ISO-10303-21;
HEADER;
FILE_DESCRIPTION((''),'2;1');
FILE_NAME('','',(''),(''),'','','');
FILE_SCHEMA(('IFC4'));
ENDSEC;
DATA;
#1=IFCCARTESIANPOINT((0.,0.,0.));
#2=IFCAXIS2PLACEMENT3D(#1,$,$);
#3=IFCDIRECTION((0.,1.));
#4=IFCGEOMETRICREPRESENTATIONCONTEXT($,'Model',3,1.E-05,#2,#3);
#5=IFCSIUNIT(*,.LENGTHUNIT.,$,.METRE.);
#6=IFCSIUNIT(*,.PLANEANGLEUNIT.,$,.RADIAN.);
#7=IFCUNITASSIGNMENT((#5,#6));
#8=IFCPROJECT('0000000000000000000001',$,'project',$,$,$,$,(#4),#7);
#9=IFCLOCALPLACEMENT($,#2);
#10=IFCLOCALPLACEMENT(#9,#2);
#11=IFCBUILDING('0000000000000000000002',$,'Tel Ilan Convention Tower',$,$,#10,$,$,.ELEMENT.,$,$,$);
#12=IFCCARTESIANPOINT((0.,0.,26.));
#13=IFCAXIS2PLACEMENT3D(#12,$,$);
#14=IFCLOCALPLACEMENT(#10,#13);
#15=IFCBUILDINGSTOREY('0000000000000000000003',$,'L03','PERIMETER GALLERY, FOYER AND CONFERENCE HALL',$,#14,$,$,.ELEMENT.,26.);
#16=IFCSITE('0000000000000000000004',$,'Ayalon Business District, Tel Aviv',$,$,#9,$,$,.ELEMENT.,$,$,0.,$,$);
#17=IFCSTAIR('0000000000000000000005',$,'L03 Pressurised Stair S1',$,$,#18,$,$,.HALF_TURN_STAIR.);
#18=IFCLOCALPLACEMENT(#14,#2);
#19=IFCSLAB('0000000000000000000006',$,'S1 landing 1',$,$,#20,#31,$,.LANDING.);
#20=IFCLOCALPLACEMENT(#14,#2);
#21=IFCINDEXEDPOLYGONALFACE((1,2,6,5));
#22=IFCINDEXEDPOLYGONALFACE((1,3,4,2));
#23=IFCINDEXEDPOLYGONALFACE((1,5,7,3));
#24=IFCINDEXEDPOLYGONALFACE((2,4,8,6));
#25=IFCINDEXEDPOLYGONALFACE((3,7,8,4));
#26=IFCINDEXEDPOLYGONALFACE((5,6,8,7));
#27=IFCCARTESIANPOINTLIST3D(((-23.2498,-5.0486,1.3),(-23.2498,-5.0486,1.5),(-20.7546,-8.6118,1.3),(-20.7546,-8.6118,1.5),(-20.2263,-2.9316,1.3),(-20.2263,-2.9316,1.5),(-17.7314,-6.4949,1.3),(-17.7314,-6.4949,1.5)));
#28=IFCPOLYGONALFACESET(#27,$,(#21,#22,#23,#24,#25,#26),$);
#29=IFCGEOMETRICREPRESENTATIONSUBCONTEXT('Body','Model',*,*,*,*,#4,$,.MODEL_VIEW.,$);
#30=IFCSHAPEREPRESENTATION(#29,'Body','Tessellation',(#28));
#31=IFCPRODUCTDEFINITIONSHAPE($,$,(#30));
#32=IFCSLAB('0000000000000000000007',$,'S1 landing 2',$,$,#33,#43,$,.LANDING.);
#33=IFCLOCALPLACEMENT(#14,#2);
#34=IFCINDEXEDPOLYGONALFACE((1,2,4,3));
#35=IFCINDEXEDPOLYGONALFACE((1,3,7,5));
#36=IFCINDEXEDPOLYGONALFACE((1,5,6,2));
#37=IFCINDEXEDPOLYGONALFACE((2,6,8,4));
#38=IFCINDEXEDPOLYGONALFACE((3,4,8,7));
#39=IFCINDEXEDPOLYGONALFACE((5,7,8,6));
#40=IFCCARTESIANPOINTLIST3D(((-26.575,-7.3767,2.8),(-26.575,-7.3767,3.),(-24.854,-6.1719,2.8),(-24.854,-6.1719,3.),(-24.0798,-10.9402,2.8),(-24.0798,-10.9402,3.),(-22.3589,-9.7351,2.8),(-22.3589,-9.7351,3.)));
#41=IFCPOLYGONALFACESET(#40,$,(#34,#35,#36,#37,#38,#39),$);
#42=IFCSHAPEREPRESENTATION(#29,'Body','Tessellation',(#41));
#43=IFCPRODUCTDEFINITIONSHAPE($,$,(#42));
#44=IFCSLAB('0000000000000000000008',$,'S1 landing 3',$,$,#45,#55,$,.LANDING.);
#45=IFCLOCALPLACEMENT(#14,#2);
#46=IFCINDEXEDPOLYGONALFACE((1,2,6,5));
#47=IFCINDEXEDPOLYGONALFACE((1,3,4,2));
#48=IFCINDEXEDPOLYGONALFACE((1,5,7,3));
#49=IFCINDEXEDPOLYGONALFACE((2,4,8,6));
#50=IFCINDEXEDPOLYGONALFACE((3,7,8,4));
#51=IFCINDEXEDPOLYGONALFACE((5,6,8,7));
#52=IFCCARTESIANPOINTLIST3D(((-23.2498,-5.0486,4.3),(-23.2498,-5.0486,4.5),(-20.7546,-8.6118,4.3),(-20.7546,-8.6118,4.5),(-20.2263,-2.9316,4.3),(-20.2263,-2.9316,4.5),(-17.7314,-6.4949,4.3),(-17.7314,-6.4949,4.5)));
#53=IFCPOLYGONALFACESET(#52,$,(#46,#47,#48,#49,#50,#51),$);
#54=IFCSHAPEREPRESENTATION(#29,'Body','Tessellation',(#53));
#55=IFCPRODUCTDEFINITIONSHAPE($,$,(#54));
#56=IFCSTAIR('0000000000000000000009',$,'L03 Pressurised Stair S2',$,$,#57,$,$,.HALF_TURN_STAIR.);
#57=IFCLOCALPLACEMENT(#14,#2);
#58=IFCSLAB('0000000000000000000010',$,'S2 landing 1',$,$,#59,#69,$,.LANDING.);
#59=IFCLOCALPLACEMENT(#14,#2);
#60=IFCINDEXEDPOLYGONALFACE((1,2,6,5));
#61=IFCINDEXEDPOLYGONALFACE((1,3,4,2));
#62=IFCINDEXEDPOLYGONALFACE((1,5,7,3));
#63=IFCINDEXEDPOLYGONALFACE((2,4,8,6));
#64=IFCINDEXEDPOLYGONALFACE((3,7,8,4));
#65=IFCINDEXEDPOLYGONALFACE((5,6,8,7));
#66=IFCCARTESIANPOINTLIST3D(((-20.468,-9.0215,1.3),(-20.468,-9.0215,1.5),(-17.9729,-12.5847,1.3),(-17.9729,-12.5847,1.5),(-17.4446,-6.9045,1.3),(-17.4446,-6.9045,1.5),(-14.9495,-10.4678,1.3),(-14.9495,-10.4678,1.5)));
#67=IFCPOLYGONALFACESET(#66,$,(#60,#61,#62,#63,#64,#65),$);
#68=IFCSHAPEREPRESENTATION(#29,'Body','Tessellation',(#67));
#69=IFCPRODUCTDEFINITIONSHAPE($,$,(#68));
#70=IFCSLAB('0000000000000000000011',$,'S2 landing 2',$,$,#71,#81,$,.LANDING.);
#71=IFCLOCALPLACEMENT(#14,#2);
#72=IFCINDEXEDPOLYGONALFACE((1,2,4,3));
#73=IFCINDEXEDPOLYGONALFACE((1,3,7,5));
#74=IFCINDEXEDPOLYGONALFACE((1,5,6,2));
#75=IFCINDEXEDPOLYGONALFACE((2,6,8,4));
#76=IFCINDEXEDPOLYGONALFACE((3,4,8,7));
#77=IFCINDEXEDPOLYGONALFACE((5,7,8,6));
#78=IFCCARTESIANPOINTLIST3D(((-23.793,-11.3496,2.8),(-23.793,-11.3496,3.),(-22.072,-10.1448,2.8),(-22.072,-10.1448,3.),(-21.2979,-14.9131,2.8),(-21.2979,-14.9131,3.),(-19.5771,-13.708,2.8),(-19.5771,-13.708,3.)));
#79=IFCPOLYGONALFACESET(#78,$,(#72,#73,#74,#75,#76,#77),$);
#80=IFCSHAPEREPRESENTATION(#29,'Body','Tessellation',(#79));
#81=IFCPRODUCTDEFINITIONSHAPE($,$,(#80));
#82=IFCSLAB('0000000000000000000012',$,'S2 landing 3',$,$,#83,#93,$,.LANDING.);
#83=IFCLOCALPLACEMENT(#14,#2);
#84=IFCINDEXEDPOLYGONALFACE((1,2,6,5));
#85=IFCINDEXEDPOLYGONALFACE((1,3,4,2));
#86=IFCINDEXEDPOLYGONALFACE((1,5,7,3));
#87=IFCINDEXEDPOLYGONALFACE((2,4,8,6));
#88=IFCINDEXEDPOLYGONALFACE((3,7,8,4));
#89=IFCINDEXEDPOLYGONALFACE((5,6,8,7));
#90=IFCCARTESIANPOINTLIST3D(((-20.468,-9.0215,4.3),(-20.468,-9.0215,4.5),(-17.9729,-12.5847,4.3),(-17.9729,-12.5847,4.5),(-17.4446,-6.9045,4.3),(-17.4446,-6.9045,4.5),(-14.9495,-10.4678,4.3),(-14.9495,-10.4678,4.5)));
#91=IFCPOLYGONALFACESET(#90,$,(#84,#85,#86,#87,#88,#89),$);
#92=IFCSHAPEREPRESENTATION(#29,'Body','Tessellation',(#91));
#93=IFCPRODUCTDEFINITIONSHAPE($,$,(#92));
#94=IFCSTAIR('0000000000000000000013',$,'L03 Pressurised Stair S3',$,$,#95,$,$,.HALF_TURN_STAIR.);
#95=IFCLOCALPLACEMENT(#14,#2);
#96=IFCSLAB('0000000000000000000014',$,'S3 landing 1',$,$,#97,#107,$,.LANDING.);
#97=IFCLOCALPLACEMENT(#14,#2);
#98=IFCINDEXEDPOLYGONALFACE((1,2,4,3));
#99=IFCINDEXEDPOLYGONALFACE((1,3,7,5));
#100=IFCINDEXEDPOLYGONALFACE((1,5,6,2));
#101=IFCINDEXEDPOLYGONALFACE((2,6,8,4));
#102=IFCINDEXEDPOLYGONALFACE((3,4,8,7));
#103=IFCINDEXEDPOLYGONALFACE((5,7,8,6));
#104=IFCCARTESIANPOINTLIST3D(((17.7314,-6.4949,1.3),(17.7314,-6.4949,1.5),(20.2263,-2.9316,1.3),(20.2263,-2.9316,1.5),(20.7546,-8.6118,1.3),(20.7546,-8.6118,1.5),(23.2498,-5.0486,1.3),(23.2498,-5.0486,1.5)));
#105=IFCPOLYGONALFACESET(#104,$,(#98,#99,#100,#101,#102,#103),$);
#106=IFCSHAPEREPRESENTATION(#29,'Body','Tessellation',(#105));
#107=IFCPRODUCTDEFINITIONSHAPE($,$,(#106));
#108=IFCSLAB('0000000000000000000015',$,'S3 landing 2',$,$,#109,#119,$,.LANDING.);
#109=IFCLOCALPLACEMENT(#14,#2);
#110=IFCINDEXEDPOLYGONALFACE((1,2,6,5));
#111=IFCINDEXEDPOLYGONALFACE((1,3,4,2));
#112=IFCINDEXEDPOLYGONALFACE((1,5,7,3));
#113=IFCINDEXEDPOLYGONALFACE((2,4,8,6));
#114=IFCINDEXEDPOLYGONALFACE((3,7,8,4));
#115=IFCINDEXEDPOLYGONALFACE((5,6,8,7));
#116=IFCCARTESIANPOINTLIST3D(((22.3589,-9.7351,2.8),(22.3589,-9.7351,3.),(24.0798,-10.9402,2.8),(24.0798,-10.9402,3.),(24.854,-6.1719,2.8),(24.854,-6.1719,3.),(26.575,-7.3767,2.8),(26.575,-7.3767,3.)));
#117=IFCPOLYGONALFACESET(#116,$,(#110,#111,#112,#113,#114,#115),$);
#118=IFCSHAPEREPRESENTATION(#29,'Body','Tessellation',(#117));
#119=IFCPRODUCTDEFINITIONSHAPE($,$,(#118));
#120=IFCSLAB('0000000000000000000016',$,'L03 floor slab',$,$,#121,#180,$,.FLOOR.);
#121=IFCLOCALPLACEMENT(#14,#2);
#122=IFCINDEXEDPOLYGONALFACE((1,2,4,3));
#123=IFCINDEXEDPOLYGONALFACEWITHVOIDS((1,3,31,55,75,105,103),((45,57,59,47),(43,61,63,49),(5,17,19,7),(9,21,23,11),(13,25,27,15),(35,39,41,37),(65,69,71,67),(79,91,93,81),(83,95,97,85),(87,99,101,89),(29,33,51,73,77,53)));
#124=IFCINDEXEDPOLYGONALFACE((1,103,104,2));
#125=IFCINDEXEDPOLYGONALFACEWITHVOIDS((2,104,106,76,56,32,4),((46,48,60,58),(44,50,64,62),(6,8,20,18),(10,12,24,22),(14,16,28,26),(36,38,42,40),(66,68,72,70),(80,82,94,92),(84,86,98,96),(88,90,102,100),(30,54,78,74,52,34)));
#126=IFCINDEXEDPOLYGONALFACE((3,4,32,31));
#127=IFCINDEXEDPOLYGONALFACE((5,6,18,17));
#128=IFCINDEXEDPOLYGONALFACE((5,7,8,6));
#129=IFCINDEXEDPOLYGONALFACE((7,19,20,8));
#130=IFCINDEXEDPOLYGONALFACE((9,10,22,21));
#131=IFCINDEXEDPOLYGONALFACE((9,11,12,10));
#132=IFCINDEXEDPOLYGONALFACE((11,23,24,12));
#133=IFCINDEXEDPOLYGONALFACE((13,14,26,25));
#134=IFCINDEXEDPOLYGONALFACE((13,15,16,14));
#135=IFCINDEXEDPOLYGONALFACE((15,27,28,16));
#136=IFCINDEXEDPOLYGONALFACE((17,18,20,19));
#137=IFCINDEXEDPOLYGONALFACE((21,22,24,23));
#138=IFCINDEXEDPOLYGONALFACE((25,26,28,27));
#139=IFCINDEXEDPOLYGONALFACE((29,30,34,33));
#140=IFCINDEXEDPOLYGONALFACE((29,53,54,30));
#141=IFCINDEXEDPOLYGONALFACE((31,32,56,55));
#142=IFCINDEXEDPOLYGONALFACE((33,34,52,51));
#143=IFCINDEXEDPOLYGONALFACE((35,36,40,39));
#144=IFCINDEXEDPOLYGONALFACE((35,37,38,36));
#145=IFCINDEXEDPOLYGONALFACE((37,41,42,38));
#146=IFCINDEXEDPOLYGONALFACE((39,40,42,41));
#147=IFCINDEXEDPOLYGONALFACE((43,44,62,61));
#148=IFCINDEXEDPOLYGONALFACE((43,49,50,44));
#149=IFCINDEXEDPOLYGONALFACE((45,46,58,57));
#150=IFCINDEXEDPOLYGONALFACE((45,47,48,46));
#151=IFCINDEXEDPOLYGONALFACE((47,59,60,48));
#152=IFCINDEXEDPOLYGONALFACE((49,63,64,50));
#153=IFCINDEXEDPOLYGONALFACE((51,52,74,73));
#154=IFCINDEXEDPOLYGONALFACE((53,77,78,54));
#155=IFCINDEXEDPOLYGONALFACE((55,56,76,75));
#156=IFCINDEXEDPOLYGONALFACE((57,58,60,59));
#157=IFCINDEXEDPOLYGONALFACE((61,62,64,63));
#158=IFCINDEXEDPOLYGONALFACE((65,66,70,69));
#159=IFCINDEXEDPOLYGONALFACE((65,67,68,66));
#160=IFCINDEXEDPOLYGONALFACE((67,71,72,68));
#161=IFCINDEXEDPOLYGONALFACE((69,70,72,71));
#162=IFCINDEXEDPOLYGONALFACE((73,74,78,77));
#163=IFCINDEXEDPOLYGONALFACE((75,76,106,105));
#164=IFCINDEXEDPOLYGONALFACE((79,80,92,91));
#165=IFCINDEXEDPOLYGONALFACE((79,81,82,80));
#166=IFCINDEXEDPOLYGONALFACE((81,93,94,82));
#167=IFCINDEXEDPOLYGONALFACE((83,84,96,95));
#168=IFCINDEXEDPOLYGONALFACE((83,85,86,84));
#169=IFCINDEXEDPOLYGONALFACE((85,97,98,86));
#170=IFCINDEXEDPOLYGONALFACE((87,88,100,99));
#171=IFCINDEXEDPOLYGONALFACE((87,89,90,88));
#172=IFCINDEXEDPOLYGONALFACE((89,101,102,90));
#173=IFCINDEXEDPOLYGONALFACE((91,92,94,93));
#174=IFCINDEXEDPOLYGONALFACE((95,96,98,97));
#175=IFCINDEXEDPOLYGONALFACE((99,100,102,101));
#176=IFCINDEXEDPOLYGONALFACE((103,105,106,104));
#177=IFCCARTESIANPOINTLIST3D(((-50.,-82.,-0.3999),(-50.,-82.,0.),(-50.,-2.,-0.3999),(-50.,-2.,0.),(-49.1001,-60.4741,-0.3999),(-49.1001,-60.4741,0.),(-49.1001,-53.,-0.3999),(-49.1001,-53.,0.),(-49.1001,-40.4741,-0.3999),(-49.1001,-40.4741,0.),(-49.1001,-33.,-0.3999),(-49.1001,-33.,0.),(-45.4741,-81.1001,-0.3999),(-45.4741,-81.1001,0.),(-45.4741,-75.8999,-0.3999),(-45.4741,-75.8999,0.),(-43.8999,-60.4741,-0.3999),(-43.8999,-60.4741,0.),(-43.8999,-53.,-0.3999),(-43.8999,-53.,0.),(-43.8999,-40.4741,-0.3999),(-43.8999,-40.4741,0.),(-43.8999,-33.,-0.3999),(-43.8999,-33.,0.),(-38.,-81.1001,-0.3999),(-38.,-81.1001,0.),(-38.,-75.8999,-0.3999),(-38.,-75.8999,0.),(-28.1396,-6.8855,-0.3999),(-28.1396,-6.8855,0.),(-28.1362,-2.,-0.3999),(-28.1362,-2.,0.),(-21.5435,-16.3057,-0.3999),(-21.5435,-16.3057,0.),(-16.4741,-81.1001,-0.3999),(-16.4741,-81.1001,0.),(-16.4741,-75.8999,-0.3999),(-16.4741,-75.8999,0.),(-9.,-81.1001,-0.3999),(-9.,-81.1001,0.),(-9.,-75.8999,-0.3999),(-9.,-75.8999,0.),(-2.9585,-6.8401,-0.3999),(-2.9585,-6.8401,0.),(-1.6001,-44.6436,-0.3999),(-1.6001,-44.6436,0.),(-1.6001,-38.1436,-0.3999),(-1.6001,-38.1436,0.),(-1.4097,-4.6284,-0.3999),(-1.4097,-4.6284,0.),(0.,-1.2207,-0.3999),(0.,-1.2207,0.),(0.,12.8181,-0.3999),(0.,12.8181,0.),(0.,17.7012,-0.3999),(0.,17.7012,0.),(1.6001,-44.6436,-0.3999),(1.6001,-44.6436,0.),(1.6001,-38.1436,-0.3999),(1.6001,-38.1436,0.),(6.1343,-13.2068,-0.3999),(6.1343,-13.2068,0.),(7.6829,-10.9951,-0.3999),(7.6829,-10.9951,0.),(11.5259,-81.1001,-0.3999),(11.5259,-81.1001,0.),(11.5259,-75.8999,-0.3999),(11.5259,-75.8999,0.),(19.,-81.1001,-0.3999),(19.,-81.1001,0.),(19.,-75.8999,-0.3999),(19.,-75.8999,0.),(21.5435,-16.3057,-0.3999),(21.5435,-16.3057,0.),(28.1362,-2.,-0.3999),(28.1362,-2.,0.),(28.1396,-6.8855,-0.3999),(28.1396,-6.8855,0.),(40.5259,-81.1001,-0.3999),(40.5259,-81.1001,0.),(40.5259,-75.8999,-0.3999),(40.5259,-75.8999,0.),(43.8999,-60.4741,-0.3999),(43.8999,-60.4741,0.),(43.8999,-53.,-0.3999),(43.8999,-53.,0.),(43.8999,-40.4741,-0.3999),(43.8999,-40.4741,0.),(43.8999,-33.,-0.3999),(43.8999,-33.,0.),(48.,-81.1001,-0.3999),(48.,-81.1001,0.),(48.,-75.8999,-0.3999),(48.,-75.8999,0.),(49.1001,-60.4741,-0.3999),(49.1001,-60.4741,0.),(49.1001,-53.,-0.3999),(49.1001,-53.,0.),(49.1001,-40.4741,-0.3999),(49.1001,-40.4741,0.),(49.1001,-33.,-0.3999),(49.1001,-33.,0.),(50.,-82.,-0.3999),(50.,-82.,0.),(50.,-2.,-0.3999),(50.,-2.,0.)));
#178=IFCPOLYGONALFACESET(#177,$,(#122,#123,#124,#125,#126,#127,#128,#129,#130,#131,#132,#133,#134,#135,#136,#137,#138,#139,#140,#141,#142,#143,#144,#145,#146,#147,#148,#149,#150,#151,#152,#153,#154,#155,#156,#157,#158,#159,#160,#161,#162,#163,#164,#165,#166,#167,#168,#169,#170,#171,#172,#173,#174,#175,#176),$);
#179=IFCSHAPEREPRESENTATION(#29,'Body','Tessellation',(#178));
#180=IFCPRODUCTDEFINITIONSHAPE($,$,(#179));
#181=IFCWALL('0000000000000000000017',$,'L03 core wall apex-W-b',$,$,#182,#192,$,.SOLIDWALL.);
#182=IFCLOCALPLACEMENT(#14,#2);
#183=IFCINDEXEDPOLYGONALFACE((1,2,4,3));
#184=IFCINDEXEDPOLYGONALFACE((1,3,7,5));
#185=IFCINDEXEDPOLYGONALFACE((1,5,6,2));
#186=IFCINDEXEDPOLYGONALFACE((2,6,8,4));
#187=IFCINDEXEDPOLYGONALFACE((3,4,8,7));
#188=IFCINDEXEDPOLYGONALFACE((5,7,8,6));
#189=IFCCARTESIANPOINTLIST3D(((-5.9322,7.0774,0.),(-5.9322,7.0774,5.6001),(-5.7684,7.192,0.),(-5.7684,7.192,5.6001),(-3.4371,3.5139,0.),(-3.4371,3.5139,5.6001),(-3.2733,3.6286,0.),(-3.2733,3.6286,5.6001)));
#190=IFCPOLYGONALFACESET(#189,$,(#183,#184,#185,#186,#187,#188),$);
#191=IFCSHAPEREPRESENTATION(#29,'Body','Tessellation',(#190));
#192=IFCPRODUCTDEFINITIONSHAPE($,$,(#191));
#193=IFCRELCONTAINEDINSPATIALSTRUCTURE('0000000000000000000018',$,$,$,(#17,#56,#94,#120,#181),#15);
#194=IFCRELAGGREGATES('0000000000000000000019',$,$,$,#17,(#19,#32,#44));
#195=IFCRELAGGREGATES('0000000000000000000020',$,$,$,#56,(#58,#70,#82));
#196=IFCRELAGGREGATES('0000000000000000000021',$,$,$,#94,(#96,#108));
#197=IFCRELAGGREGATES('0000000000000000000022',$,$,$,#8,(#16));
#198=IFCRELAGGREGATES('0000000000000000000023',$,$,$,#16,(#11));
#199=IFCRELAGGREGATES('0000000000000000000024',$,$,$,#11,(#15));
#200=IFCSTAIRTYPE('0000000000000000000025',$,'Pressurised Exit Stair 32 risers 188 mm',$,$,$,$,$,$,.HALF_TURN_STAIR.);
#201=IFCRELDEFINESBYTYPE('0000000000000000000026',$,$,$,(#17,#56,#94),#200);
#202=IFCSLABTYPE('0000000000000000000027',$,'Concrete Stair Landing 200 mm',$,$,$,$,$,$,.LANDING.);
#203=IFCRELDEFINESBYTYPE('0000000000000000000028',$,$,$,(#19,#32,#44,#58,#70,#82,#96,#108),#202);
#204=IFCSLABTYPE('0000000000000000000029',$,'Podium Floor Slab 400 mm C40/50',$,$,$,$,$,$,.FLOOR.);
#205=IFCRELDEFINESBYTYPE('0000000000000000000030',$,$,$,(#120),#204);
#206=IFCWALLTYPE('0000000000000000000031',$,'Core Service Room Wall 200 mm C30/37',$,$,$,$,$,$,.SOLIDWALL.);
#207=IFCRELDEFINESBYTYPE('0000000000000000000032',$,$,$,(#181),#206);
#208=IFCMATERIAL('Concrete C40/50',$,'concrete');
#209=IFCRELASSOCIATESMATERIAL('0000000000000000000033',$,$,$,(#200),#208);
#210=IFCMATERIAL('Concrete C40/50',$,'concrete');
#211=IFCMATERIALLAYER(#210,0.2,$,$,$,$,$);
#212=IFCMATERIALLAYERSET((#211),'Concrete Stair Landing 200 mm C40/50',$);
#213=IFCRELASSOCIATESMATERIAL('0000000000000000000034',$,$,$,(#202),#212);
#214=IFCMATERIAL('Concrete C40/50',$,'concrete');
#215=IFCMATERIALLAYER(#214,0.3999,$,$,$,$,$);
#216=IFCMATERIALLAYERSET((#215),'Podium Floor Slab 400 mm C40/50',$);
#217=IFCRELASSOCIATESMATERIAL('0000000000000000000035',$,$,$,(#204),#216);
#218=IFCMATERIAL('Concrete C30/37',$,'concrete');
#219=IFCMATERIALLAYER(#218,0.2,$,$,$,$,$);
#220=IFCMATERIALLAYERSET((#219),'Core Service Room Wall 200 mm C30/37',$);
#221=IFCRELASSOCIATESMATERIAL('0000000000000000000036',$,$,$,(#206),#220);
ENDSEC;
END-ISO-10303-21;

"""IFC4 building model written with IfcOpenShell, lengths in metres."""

from ifc_helpers import new_model, si_unit, direction, frame, frame_2d, origin, place, context, subcontext, project, spatial, polyline, rectangle, outline, extrude, material, layer, layer_set, type_object, element, aggregate, save


model = new_model("IFC4")

# Units and contexts
model_context = context("Model", 3, precision=1e-05, world=origin(), true_north=direction((0.0, 1.0)))
body_context = subcontext(model_context, "Body", "Model", "MODEL_VIEW")
ifc_project = project(units=[si_unit("LENGTHUNIT", "METRE"), si_unit("PLANEANGLEUNIT", "RADIAN")], contexts=[model_context])

# Site, building, storey
site_placement = place(None, origin())
site = spatial("IfcSite", under=ifc_project, at=site_placement, Name="Ayalon Business District, Tel Aviv", CompositionType="ELEMENT", RefElevation=0.0)
building_placement = place(site_placement, origin())
building = spatial("IfcBuilding", under=site, at=building_placement, Name="Tel Ilan Convention Tower", CompositionType="ELEMENT")
storey_placement = place(building_placement, frame((0.0, 0.0, 26.0)))
storey = spatial("IfcBuildingStorey", under=building, at=storey_placement, Name="L03", Description="PERIMETER GALLERY, FOYER AND CONFERENCE HALL", CompositionType="ELEMENT", Elevation=26.0)

# Stairs, slabs
ifc_material_1 = material(Name="Concrete C40/50", Category="concrete")
stair_type = type_object("IfcStairType", Name="Pressurised Exit Stair 32 risers 188 mm", PredefinedType="HALF_TURN_STAIR", material=ifc_material_1)
stair_1_placement = place(storey_placement, origin())
stair_1 = element("IfcStair", 1, at=stair_1_placement, inside=storey, type_object=stair_type, Name="L03 Pressurised Stair S1", PredefinedType="HALF_TURN_STAIR")
ifc_material_2 = material(Name="Concrete C40/50", Category="concrete")
ifc_layer_1 = layer(ifc_material_2, 0.2)
ifc_layer_set_1 = layer_set([ifc_layer_1], Name="Concrete Stair Landing 200 mm C40/50")
slab_type_1 = type_object("IfcSlabType", Name="Concrete Stair Landing 200 mm", PredefinedType="LANDING", material=ifc_layer_set_1)
slab_1_placement = place(storey_placement, frame((0.0, 0.0, 1.3)))
slab_1 = element("IfcSlab", 2, at=slab_1_placement, type_object=slab_type_1, Name="S1 landing 1", PredefinedType="LANDING", context=body_context, shape_type="SweptSolid", body=[
    extrude(outline(polyline([(-20.7546, -8.6118), (-17.7314, -6.4949), (-20.2263, -2.9316), (-23.2498, -5.0486), (-20.7546, -8.6118)])), origin(), (0.0, 0.0, 1.0), 0.2),
])
slab_2_placement = place(storey_placement, frame((0.0, 0.0, 2.8)))
slab_2 = element("IfcSlab", 3, at=slab_2_placement, type_object=slab_type_1, Name="S1 landing 2", PredefinedType="LANDING", context=body_context, shape_type="SweptSolid", body=[
    extrude(outline(polyline([(-24.0798, -10.9402), (-22.3589, -9.7351), (-24.854, -6.1719), (-26.575, -7.3767), (-24.0798, -10.9402)])), origin(), (0.0, 0.0, 1.0), 0.2),
])
slab_3_placement = place(storey_placement, frame((0.0, 0.0, 4.3)))
slab_3 = element("IfcSlab", 4, at=slab_3_placement, type_object=slab_type_1, Name="S1 landing 3", PredefinedType="LANDING", context=body_context, shape_type="SweptSolid", body=[
    extrude(outline(polyline([(-20.7546, -8.6118), (-17.7314, -6.4949), (-20.2263, -2.9316), (-23.2498, -5.0486), (-20.7546, -8.6118)])), origin(), (0.0, 0.0, 1.0), 0.2),
])
aggregate(stair_1, [slab_1, slab_2, slab_3])
stair_2_placement = place(storey_placement, origin())
stair_2 = element("IfcStair", 5, at=stair_2_placement, inside=storey, type_object=stair_type, Name="L03 Pressurised Stair S2", PredefinedType="HALF_TURN_STAIR")
slab_4_placement = place(storey_placement, frame((0.0, 0.0, 1.3)))
slab_4 = element("IfcSlab", 6, at=slab_4_placement, type_object=slab_type_1, Name="S2 landing 1", PredefinedType="LANDING", context=body_context, shape_type="SweptSolid", body=[
    extrude(outline(polyline([(-17.9729, -12.5847), (-14.9495, -10.4678), (-17.4446, -6.9045), (-20.468, -9.0215), (-17.9729, -12.5847)])), origin(), (0.0, 0.0, 1.0), 0.2),
])
slab_5_placement = place(storey_placement, frame((0.0, 0.0, 2.8)))
slab_5 = element("IfcSlab", 7, at=slab_5_placement, type_object=slab_type_1, Name="S2 landing 2", PredefinedType="LANDING", context=body_context, shape_type="SweptSolid", body=[
    extrude(outline(polyline([(-21.2979, -14.9131), (-19.5771, -13.708), (-22.072, -10.1448), (-23.793, -11.3496), (-21.2979, -14.9131)])), origin(), (0.0, 0.0, 1.0), 0.2),
])
slab_6_placement = place(storey_placement, frame((0.0, 0.0, 4.3)))
slab_6 = element("IfcSlab", 8, at=slab_6_placement, type_object=slab_type_1, Name="S2 landing 3", PredefinedType="LANDING", context=body_context, shape_type="SweptSolid", body=[
    extrude(outline(polyline([(-17.9729, -12.5847), (-14.9495, -10.4678), (-17.4446, -6.9045), (-20.468, -9.0215), (-17.9729, -12.5847)])), origin(), (0.0, 0.0, 1.0), 0.2),
])
aggregate(stair_2, [slab_4, slab_5, slab_6])
stair_3_placement = place(storey_placement, origin())
stair_3 = element("IfcStair", 9, at=stair_3_placement, inside=storey, type_object=stair_type, Name="L03 Pressurised Stair S3", PredefinedType="HALF_TURN_STAIR")
slab_7_placement = place(storey_placement, frame((0.0, 0.0, 1.3)))
slab_7 = element("IfcSlab", 10, at=slab_7_placement, type_object=slab_type_1, Name="S3 landing 1", PredefinedType="LANDING", context=body_context, shape_type="SweptSolid", body=[
    extrude(outline(polyline([(23.2498, -5.0486), (20.2263, -2.9316), (17.7314, -6.4949), (20.7546, -8.6118), (23.2498, -5.0486)])), origin(), (0.0, 0.0, 1.0), 0.2),
])
slab_8_placement = place(storey_placement, frame((0.0, 0.0, 2.8)))
slab_8 = element("IfcSlab", 11, at=slab_8_placement, type_object=slab_type_1, Name="S3 landing 2", PredefinedType="LANDING", context=body_context, shape_type="SweptSolid", body=[
    extrude(outline(polyline([(26.575, -7.3767), (24.854, -6.1719), (22.3589, -9.7351), (24.0798, -10.9402), (26.575, -7.3767)])), origin(), (0.0, 0.0, 1.0), 0.2),
])
aggregate(stair_3, [slab_7, slab_8])

# Slab
ifc_material_3 = material(Name="Concrete C40/50", Category="concrete")
ifc_layer_2 = layer(ifc_material_3, 0.3999)
ifc_layer_set_2 = layer_set([ifc_layer_2], Name="Podium Floor Slab 400 mm C40/50")
slab_type_2 = type_object("IfcSlabType", Name="Podium Floor Slab 400 mm C40/50", PredefinedType="FLOOR", material=ifc_layer_set_2)
slab_9_placement = place(storey_placement, frame((0.0, 0.0, -0.3999)))
element("IfcSlab", 12, at=slab_9_placement, inside=storey, type_object=slab_type_2, Name="L03 floor slab", PredefinedType="FLOOR", context=body_context, shape_type="SweptSolid", body=[
    extrude(outline(polyline([(-50.0, -2.0), (-28.1362, -2.0), (0.0, 17.7012), (28.1362, -2.0), (50.0, -2.0), (50.0, -82.0), (-50.0, -82.0), (-50.0, -2.0)]), holes=[polyline([(43.8999, -53.0), (43.8999, -60.4741), (49.1001, -60.4741), (49.1001, -53.0), (43.8999, -53.0)]), polyline([(49.1001, -33.0), (43.8999, -33.0), (43.8999, -40.4741), (49.1001, -40.4741), (49.1001, -33.0)]), polyline([(48.0, -75.8999), (40.5259, -75.8999), (40.5259, -81.1001), (48.0, -81.1001), (48.0, -75.8999)]), polyline([(21.5435, -16.3057), (28.1396, -6.8855), (0.0, 12.8181), (-28.1396, -6.8855), (-21.5435, -16.3057), (0.0, -1.2207), (21.5435, -16.3057)]), polyline([(11.5259, -75.8999), (11.5259, -81.1001), (19.0, -81.1001), (19.0, -75.8999), (11.5259, -75.8999)]), polyline([(6.1343, -13.2068), (7.6829, -10.9951), (-1.4097, -4.6284), (-2.9585, -6.8401), (6.1343, -13.2068)]), polyline([(-1.6001, -38.1436), (-1.6001, -44.6436), (1.6001, -44.6436), (1.6001, -38.1436), (-1.6001, -38.1436)]), polyline([(-16.4741, -75.8999), (-16.4741, -81.1001), (-9.0, -81.1001), (-9.0, -75.8999), (-16.4741, -75.8999)]), polyline([(-45.4741, -75.8999), (-45.4741, -81.1001), (-38.0, -81.1001), (-38.0, -75.8999), (-45.4741, -75.8999)]), polyline([(-49.1001, -33.0), (-49.1001, -40.4741), (-43.8999, -40.4741), (-43.8999, -33.0), (-49.1001, -33.0)]), polyline([(-43.8999, -53.0), (-49.1001, -53.0), (-49.1001, -60.4741), (-43.8999, -60.4741), (-43.8999, -53.0)])]), origin(), (0.0, 0.0, 1.0), 0.3999),
])

# Wall
ifc_material_4 = material(Name="Concrete C30/37", Category="concrete")
ifc_layer_3 = layer(ifc_material_4, 0.2)
ifc_layer_set_3 = layer_set([ifc_layer_3], Name="Core Service Room Wall 200 mm C30/37")
wall_type_1 = type_object("IfcWallType", Name="Core Service Room Wall 200 mm C30/37", PredefinedType="SOLIDWALL", material=ifc_layer_set_3)
wall_1_placement = place(storey_placement, frame((-3.3552, 3.5713, 0.0), z_axis=(0.0, 0.0, 1.0), x_axis=(-0.573568, 0.819158, 0.0)))
element("IfcWall", 13, at=wall_1_placement, inside=storey, type_object=wall_type_1, Name="L03 core wall apex-W-b", PredefinedType="SOLIDWALL", context=body_context, shape_type="SweptSolid", body=[
    extrude(rectangle(XDim=4.3501, YDim=0.2, at=frame_2d((2.175, 0.0))), origin(), (0.0, 0.0, 1.0), 5.6001),
])

save(model, "model.ifc")
